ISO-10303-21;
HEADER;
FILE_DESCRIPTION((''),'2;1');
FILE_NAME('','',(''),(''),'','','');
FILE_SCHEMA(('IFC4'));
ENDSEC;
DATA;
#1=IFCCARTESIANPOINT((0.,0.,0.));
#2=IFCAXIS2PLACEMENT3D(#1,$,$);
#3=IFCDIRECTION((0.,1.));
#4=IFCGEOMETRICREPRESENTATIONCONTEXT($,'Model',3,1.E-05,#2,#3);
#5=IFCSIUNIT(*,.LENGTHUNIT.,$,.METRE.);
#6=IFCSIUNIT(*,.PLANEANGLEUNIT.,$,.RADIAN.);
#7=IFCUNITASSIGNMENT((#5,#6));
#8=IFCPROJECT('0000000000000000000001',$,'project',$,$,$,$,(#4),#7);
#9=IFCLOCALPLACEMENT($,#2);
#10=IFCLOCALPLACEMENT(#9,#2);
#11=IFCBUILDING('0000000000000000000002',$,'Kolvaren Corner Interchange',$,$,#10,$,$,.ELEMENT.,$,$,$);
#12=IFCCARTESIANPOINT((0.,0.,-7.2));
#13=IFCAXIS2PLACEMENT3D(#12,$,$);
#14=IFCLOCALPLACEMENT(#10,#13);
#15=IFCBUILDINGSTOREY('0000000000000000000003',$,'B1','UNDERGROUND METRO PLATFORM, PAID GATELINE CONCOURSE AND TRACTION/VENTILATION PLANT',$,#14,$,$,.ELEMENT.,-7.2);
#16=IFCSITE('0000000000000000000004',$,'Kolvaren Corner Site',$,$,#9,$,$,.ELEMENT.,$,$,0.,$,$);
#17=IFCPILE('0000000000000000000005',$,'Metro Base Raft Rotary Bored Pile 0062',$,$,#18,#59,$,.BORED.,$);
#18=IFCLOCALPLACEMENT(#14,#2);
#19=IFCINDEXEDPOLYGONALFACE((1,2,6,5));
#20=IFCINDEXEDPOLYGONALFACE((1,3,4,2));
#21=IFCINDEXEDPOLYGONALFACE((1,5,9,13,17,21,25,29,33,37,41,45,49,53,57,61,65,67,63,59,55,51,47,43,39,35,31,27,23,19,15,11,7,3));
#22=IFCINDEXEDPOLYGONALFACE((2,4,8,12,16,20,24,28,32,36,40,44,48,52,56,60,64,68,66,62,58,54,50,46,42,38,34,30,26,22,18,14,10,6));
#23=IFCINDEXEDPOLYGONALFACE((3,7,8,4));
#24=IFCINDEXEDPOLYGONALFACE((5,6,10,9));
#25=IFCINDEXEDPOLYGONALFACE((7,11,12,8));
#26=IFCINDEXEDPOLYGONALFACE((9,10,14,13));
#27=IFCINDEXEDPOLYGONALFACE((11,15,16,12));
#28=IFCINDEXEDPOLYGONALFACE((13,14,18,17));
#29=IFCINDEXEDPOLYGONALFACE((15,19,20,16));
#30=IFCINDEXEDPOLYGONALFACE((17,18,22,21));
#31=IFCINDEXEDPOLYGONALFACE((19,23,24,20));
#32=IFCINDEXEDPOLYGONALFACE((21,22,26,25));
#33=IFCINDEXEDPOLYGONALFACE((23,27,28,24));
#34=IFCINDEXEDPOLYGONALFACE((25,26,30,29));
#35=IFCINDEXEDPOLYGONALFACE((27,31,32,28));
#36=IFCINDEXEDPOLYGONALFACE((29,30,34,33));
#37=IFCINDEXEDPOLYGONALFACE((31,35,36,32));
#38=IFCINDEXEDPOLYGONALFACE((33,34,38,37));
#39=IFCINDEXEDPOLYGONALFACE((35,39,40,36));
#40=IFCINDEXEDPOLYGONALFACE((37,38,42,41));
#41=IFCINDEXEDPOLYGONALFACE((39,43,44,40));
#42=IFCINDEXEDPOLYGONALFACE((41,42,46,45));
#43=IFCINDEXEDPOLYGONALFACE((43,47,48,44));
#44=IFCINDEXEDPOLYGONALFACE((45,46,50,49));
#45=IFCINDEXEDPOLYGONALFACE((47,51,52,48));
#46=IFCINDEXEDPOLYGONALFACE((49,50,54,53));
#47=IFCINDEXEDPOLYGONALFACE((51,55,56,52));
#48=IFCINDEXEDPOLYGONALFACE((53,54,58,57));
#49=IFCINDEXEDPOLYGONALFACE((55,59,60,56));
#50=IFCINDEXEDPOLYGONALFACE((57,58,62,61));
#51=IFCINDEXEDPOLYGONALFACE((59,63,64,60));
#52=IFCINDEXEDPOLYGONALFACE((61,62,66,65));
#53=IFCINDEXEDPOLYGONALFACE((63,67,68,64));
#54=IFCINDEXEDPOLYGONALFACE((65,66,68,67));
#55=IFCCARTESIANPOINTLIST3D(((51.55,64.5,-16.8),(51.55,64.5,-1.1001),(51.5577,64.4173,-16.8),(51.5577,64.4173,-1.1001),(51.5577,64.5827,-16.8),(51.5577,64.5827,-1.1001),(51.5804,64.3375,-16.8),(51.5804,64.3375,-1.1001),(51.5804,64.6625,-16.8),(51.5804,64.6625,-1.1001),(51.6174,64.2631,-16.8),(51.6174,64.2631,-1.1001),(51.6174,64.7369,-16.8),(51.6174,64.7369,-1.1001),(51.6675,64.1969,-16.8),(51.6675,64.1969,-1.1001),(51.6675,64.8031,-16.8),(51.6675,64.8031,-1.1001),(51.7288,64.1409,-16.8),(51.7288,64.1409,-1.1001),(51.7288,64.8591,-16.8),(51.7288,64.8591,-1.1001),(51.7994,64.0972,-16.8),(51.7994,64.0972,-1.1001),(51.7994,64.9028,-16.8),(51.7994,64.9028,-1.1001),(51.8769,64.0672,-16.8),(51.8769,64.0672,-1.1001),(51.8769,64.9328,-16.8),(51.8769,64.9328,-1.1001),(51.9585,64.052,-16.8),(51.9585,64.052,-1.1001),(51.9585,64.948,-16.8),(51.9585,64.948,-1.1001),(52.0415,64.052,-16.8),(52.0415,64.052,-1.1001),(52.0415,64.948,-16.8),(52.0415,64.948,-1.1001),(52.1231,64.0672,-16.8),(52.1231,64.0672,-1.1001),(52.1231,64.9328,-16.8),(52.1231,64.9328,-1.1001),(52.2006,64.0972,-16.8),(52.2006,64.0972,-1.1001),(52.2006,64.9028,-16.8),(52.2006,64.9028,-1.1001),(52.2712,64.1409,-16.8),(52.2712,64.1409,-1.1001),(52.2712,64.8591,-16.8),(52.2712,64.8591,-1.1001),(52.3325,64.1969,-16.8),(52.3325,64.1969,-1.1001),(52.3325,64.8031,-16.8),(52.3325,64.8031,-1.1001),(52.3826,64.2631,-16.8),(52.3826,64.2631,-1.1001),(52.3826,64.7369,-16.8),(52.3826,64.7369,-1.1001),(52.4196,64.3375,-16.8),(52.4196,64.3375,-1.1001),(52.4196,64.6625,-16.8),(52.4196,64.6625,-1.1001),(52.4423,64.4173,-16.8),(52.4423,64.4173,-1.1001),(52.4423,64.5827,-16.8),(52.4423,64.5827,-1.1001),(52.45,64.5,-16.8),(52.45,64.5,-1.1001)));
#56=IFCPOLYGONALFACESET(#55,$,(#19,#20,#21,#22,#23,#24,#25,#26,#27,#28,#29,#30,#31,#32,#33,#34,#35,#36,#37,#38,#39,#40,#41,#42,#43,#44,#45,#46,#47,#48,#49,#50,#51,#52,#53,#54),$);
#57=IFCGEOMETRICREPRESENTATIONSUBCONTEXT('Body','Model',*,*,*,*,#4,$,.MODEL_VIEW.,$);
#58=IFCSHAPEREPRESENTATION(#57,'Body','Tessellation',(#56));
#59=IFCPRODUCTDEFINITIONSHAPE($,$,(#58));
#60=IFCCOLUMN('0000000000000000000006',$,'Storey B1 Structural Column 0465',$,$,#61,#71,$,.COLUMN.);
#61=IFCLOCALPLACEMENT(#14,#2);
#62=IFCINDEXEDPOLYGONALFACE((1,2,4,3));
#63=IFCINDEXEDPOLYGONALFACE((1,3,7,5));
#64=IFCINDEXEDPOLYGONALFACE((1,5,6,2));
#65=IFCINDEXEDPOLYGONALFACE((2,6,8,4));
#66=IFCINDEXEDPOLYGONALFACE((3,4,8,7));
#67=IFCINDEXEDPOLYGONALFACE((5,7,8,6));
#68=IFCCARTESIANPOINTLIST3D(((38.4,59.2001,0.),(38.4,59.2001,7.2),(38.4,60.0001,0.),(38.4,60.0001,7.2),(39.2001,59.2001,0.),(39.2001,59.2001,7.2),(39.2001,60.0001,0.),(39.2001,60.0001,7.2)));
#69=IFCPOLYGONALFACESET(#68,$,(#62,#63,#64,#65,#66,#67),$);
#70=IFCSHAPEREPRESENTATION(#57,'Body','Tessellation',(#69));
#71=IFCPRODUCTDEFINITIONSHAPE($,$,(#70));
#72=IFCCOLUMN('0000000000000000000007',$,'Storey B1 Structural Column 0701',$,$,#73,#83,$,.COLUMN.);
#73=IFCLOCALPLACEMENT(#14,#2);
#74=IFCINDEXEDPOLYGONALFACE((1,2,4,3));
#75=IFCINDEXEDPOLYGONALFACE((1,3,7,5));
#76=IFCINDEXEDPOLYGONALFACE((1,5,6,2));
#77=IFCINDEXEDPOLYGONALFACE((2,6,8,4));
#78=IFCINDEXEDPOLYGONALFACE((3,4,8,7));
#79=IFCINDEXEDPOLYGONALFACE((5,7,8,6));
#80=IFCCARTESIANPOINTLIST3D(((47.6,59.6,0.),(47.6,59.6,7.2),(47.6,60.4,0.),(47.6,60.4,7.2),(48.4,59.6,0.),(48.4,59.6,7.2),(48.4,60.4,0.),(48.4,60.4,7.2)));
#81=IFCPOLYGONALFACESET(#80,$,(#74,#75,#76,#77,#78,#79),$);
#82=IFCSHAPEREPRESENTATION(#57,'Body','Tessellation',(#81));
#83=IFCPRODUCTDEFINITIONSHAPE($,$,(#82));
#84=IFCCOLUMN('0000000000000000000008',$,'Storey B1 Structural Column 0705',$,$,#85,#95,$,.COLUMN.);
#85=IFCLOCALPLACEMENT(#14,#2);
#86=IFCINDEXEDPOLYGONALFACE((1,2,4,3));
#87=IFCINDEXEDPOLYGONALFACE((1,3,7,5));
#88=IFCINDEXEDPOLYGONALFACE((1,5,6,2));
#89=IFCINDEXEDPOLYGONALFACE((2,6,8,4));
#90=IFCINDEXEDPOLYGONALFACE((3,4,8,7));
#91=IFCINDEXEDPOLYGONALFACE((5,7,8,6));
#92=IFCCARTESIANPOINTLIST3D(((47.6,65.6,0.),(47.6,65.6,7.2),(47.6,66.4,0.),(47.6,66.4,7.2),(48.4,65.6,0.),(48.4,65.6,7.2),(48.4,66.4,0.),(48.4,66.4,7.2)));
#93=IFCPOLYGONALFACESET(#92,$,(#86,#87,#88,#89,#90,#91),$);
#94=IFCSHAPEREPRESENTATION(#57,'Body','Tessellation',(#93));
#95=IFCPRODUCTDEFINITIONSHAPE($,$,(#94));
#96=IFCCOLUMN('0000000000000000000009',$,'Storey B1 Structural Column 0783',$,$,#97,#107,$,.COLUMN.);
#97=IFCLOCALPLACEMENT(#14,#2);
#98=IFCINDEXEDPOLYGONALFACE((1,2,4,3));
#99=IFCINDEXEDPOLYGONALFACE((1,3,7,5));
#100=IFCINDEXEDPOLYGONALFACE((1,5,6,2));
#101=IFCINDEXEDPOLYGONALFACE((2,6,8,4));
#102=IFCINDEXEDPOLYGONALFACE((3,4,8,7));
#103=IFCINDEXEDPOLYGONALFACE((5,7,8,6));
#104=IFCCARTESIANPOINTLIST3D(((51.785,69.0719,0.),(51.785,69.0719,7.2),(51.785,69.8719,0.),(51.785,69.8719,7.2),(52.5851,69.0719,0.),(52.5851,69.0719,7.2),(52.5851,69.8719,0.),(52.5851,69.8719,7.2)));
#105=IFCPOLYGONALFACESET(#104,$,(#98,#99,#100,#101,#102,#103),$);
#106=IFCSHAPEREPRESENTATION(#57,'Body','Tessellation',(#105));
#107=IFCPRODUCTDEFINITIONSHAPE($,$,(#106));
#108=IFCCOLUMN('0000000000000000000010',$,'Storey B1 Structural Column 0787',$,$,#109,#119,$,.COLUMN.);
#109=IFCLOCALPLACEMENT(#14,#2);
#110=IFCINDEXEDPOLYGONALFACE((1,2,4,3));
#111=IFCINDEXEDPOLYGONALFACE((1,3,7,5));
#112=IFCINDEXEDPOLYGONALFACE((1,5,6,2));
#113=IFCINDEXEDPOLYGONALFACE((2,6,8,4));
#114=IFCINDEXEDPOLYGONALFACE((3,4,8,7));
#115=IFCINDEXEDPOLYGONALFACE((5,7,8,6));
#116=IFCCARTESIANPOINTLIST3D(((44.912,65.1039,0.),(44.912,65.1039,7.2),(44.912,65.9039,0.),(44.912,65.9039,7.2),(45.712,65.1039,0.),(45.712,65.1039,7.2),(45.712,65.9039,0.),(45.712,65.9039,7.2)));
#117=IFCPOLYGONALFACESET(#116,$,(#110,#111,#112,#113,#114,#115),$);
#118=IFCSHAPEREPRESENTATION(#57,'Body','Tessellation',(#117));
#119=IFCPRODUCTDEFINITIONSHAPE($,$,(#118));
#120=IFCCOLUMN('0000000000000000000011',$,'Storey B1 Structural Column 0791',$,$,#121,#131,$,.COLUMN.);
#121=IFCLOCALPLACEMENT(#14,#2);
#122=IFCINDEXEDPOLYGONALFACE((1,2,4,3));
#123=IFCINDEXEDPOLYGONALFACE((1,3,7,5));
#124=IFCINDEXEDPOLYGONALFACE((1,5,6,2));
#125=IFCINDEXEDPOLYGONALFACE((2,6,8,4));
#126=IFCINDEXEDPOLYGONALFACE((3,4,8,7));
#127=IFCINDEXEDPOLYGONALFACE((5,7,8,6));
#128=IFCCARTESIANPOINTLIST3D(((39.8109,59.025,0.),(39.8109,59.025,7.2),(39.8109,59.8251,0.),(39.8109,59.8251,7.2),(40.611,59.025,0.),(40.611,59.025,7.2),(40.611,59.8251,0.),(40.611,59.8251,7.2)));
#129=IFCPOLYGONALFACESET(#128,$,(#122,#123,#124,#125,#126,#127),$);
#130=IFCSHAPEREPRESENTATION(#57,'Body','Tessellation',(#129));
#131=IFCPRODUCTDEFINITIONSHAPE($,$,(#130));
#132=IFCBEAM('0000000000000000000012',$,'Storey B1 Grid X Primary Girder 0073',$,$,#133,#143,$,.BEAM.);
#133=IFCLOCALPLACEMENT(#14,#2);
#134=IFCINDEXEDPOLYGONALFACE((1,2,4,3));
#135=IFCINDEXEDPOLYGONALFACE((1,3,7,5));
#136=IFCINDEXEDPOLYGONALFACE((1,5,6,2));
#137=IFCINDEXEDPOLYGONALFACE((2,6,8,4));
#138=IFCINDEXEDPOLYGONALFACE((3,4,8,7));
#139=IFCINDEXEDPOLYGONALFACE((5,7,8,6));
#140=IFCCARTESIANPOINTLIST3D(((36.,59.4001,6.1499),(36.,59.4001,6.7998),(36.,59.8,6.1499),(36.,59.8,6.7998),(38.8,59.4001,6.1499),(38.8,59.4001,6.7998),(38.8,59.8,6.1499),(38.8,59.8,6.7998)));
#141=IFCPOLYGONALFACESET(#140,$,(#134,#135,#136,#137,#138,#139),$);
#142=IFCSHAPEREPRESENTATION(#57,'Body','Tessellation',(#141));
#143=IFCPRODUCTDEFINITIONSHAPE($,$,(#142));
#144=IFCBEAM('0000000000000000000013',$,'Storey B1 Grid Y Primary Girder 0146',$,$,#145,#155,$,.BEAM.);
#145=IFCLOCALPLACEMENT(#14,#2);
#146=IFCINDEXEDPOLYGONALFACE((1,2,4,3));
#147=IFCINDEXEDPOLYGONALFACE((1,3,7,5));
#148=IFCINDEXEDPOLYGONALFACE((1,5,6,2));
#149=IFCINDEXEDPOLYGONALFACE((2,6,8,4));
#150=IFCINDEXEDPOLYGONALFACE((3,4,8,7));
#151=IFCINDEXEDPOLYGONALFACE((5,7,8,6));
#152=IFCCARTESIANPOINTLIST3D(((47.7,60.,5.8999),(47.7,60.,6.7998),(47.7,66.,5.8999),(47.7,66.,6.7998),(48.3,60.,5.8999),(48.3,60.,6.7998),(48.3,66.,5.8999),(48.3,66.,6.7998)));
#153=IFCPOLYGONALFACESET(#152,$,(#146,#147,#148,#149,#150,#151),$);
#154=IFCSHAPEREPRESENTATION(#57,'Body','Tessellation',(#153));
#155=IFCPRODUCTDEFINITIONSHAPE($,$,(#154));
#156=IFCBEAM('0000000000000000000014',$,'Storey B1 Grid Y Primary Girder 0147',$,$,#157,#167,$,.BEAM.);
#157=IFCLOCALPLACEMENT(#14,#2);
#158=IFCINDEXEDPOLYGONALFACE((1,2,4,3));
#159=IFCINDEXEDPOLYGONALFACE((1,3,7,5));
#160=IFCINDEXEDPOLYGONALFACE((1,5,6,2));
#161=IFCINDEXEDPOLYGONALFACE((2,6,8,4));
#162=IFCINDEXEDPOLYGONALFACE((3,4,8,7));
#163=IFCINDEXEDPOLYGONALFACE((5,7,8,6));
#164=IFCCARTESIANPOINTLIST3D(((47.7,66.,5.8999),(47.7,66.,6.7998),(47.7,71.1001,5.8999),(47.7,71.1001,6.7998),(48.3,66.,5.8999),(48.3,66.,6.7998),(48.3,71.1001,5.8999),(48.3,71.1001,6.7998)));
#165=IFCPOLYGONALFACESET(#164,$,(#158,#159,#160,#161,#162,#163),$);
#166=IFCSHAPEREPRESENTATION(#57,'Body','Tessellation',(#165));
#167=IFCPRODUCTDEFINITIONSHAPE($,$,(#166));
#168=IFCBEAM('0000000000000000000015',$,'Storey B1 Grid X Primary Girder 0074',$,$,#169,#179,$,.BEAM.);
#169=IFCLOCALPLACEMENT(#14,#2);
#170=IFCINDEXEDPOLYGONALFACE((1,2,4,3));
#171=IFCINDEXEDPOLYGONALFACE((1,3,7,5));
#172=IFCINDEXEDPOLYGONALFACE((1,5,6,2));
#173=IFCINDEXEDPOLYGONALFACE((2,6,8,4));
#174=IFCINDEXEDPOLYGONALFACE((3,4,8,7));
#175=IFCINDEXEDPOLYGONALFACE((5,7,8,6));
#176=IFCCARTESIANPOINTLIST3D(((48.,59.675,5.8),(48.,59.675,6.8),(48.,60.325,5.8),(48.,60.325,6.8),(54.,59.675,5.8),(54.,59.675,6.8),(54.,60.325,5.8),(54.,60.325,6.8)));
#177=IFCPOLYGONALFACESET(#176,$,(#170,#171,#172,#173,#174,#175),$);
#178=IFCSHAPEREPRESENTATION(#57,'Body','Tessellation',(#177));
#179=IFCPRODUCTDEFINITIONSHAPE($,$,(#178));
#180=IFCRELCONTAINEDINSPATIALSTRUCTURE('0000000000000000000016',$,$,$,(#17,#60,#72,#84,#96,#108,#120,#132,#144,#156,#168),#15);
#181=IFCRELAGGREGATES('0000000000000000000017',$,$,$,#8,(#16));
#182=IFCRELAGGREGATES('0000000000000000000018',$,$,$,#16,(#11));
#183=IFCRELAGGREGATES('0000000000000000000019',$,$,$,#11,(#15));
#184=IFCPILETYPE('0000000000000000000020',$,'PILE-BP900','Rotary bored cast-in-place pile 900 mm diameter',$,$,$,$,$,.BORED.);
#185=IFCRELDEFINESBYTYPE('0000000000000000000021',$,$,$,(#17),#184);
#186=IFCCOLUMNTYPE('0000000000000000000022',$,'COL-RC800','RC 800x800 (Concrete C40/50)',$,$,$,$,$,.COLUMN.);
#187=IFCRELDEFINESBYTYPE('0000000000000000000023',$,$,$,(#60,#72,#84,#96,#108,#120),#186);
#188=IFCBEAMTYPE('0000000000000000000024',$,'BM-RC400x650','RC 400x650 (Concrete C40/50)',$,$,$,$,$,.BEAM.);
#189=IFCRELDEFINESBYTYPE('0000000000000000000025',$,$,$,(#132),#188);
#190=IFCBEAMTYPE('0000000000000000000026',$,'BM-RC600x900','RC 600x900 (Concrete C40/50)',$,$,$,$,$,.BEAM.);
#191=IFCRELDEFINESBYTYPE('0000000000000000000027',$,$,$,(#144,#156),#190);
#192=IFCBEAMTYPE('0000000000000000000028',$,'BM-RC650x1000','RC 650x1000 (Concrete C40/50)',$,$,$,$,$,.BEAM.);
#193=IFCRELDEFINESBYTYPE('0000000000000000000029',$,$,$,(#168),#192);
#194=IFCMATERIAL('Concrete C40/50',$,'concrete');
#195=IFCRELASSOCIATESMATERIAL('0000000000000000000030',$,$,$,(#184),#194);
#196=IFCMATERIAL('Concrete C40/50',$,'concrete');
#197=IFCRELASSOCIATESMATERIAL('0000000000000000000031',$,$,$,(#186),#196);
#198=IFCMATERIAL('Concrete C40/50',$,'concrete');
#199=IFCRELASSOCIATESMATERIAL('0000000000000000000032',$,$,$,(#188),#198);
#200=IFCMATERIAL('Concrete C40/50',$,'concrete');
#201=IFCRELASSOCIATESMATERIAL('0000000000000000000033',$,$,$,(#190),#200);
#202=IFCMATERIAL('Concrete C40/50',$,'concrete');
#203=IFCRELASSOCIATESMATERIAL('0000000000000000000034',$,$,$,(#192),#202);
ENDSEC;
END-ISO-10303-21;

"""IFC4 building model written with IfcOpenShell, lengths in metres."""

from ifc_helpers import new_model, si_unit, direction, frame, origin, origin_2d, place, context, subcontext, project, spatial, rectangle, circle, extrude, material, material_profile, profile_set, type_object, element, save


model = new_model("IFC4")

# Units and contexts
model_context = context("Model", 3, precision=1e-05, world=origin(), true_north=direction((0.0, 1.0)))
body_context = subcontext(model_context, "Body", "Model", "MODEL_VIEW")
ifc_project = project(units=[si_unit("LENGTHUNIT", "METRE"), si_unit("PLANEANGLEUNIT", "RADIAN")], contexts=[model_context])

# Site, building, storey
site_placement = place(None, origin())
site = spatial("IfcSite", under=ifc_project, at=site_placement, Name="Kolvaren Corner Site", CompositionType="ELEMENT", RefElevation=0.0)
building_placement = place(site_placement, origin())
building = spatial("IfcBuilding", under=site, at=building_placement, Name="Kolvaren Corner Interchange", CompositionType="ELEMENT")
storey_placement = place(building_placement, frame((0.0, 0.0, -7.2)))
storey = spatial("IfcBuildingStorey", under=building, at=storey_placement, Name="B1", Description="UNDERGROUND METRO PLATFORM, PAID GATELINE CONCOURSE AND TRACTION/VENTILATION PLANT", CompositionType="ELEMENT", Elevation=-7.2)

# Pile
ifc_material_1 = material(Name="Concrete C40/50", Category="concrete")
ifc_material_profile_1 = material_profile(ifc_material_1, circle(Radius=0.45, at=origin_2d()), Name="BORED PILE 900")
ifc_profile_set_1 = profile_set([ifc_material_profile_1], Name="Concrete C40/50")
pile_type_1 = type_object("IfcPileType", Name="PILE-BP900", Description="Rotary bored cast-in-place pile 900 mm diameter", PredefinedType="BORED", material=ifc_profile_set_1)
for number, where, z_axis, x_axis, name in (
    (1, (52.0, 64.5, -1.1001), (0.0, 0.0, -1.0), (1.0, 0.0, 0.0), "Metro Base Raft Rotary Bored Pile 0062"),
):
    element("IfcPile", number, at=place(storey_placement, frame(where, z_axis=z_axis, x_axis=x_axis)), inside=storey, type_object=pile_type_1, Name=name, PredefinedType="BORED", context=body_context, shape_type="SweptSolid", body=[
        extrude(circle(Radius=0.45, at=origin_2d()), origin(), (0.0, 0.0, 1.0), 15.7),
    ])

# Columns
ifc_material_2 = material(Name="Concrete C40/50", Category="concrete")
ifc_material_profile_2 = material_profile(ifc_material_2, rectangle(XDim=0.8, YDim=0.8, at=origin_2d()), Name="RC 800x800")
ifc_profile_set_2 = profile_set([ifc_material_profile_2], Name="Concrete C40/50")
column_type = type_object("IfcColumnType", Name="COL-RC800", Description="RC 800x800 (Concrete C40/50)", PredefinedType="COLUMN", material=ifc_profile_set_2)
for number, where, z_axis, x_axis, name in (
    (2, (38.8, 59.6001, 0.0), (0.0, 0.0, 1.0), (1.0, 0.0, 0.0), "Storey B1 Structural Column 0465"),
    (3, (48.0, 60.0, 0.0), (0.0, 0.0, 1.0), (1.0, 0.0, 0.0), "Storey B1 Structural Column 0701"),
    (4, (48.0, 66.0, 0.0), (0.0, 0.0, 1.0), (1.0, 0.0, 0.0), "Storey B1 Structural Column 0705"),
    (5, (52.1851, 69.4719, 0.0), (0.0, 0.0, 1.0), (1.0, 0.0, 0.0), "Storey B1 Structural Column 0783"),
    (6, (45.312, 65.5039, 0.0), (0.0, 0.0, 1.0), (1.0, 0.0, 0.0), "Storey B1 Structural Column 0787"),
    (7, (40.2109, 59.425, 0.0), (0.0, 0.0, 1.0), (1.0, 0.0, 0.0), "Storey B1 Structural Column 0791"),
):
    element("IfcColumn", number, at=place(storey_placement, frame(where, z_axis=z_axis, x_axis=x_axis)), inside=storey, type_object=column_type, Name=name, PredefinedType="COLUMN", context=body_context, shape_type="SweptSolid", body=[
        extrude(rectangle(XDim=0.8, YDim=0.8, at=origin_2d()), origin(), (0.0, 0.0, 1.0), 7.2),
    ])

# Beams
ifc_material_3 = material(Name="Concrete C40/50", Category="concrete")
ifc_material_profile_3 = material_profile(ifc_material_3, rectangle(XDim=0.3999, YDim=0.6499, at=origin_2d()), Name="RC 400x650")
ifc_profile_set_3 = profile_set([ifc_material_profile_3], Name="Concrete C40/50")
beam_type_1 = type_object("IfcBeamType", Name="BM-RC400x650", Description="RC 400x650 (Concrete C40/50)", PredefinedType="BEAM", material=ifc_profile_set_3)
beam_1_placement = place(storey_placement, frame((36.0, 59.6001, 6.4749), z_axis=(1.0, 0.0, 0.0), x_axis=(0.0, 1.0, 0.0)))
element("IfcBeam", 8, at=beam_1_placement, inside=storey, type_object=beam_type_1, Name="Storey B1 Grid X Primary Girder 0073", PredefinedType="BEAM", context=body_context, shape_type="SweptSolid", body=[
    extrude(rectangle(XDim=0.3999, YDim=0.6499, at=origin_2d()), origin(), (0.0, 0.0, 1.0), 2.8),
])
ifc_material_4 = material(Name="Concrete C40/50", Category="concrete")
ifc_material_profile_4 = material_profile(ifc_material_4, rectangle(XDim=0.6001, YDim=0.8999, at=origin_2d()), Name="RC 600x900")
ifc_profile_set_4 = profile_set([ifc_material_profile_4], Name="Concrete C40/50")
beam_type_2 = type_object("IfcBeamType", Name="BM-RC600x900", Description="RC 600x900 (Concrete C40/50)", PredefinedType="BEAM", material=ifc_profile_set_4)
beam_2_placement = place(storey_placement, frame((48.0, 60.0, 6.3499), z_axis=(0.0, 1.0, 0.0), x_axis=(-1.0, 0.0, 0.0)))
element("IfcBeam", 9, at=beam_2_placement, inside=storey, type_object=beam_type_2, Name="Storey B1 Grid Y Primary Girder 0146", PredefinedType="BEAM", context=body_context, shape_type="SweptSolid", body=[
    extrude(rectangle(XDim=0.6001, YDim=0.8999, at=origin_2d()), origin(), (0.0, 0.0, 1.0), 6.0),
])
beam_3_placement = place(storey_placement, frame((48.0, 66.0, 6.3499), z_axis=(0.0, 1.0, 0.0), x_axis=(-1.0, 0.0, 0.0)))
element("IfcBeam", 10, at=beam_3_placement, inside=storey, type_object=beam_type_2, Name="Storey B1 Grid Y Primary Girder 0147", PredefinedType="BEAM", context=body_context, shape_type="SweptSolid", body=[
    extrude(rectangle(XDim=0.6001, YDim=0.8999, at=origin_2d()), origin(), (0.0, 0.0, 1.0), 5.1001),
])
ifc_material_5 = material(Name="Concrete C40/50", Category="concrete")
ifc_material_profile_5 = material_profile(ifc_material_5, rectangle(XDim=0.6499, YDim=1.0, at=origin_2d()), Name="RC 650x1000")
ifc_profile_set_5 = profile_set([ifc_material_profile_5], Name="Concrete C40/50")
beam_type_3 = type_object("IfcBeamType", Name="BM-RC650x1000", Description="RC 650x1000 (Concrete C40/50)", PredefinedType="BEAM", material=ifc_profile_set_5)
beam_4_placement = place(storey_placement, frame((48.0, 60.0, 6.3), z_axis=(1.0, 0.0, 0.0), x_axis=(0.0, 1.0, 0.0)))
element("IfcBeam", 11, at=beam_4_placement, inside=storey, type_object=beam_type_3, Name="Storey B1 Grid X Primary Girder 0074", PredefinedType="BEAM", context=body_context, shape_type="SweptSolid", body=[
    extrude(rectangle(XDim=0.6499, YDim=1.0, at=origin_2d()), origin(), (0.0, 0.0, 1.0), 6.0),
])

save(model, "model.ifc")
